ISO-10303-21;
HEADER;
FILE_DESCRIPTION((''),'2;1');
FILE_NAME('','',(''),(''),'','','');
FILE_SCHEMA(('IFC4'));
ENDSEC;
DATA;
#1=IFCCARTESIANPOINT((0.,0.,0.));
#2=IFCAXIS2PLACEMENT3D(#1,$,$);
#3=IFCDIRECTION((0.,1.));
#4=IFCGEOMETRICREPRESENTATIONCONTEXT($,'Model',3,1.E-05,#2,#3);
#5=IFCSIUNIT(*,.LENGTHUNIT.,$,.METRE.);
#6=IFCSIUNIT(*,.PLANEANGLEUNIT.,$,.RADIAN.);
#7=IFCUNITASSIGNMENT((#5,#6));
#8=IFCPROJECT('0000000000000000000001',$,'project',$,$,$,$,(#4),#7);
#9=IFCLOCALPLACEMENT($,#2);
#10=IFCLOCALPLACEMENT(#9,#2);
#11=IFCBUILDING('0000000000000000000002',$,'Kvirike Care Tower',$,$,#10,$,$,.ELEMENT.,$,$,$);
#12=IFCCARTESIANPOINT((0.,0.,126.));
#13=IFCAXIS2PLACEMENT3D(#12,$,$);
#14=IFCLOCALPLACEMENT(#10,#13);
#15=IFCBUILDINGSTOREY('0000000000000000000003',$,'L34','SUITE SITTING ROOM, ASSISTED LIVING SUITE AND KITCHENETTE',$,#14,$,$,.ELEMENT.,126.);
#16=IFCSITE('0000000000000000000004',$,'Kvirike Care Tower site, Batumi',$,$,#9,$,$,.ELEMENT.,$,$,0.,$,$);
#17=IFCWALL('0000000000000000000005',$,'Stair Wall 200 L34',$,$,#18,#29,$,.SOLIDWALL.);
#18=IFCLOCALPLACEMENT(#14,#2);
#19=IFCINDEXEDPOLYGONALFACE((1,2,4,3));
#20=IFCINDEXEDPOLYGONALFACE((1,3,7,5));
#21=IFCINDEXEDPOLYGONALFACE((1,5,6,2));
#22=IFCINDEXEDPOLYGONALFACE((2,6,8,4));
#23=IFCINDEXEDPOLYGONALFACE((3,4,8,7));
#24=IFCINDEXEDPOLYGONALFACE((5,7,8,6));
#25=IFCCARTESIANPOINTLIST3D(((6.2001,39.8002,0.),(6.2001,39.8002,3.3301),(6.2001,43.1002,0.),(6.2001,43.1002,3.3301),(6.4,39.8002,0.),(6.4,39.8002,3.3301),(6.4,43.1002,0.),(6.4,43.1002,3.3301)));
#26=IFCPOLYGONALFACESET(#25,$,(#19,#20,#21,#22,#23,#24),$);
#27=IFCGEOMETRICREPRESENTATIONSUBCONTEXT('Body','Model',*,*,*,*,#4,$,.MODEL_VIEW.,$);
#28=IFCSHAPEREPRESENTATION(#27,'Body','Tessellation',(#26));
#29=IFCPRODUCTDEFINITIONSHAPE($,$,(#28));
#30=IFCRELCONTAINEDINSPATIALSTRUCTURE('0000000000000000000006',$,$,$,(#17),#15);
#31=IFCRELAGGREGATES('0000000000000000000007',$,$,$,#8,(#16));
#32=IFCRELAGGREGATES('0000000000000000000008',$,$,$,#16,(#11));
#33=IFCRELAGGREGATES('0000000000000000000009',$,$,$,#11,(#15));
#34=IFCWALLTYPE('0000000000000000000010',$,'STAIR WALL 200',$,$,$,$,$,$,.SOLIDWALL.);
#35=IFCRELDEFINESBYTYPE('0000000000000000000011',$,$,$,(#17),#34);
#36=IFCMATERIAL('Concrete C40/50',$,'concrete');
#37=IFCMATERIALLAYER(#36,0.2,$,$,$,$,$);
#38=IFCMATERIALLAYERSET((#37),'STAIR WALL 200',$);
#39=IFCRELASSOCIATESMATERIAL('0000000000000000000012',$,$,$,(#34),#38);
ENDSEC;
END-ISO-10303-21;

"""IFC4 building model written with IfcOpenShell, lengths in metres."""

from ifc_helpers import new_model, si_unit, direction, frame, frame_2d, origin, place, context, subcontext, project, spatial, rectangle, extrude, material, layer, layer_set, type_object, element, save


model = new_model("IFC4")

# Units and contexts
model_context = context("Model", 3, precision=1e-05, world=origin(), true_north=direction((0.0, 1.0)))
body_context = subcontext(model_context, "Body", "Model", "MODEL_VIEW")
ifc_project = project(units=[si_unit("LENGTHUNIT", "METRE"), si_unit("PLANEANGLEUNIT", "RADIAN")], contexts=[model_context])

# Site, building, storey
site_placement = place(None, origin())
site = spatial("IfcSite", under=ifc_project, at=site_placement, Name="Kvirike Care Tower site, Batumi", CompositionType="ELEMENT", RefElevation=0.0)
building_placement = place(site_placement, origin())
building = spatial("IfcBuilding", under=site, at=building_placement, Name="Kvirike Care Tower", CompositionType="ELEMENT")
storey_placement = place(building_placement, frame((0.0, 0.0, 126.0)))
storey = spatial("IfcBuildingStorey", under=building, at=storey_placement, Name="L34", Description="SUITE SITTING ROOM, ASSISTED LIVING SUITE AND KITCHENETTE", CompositionType="ELEMENT", Elevation=126.0)

# Wall
ifc_material_1 = material(Name="Concrete C40/50", Category="concrete")
ifc_layer_1 = layer(ifc_material_1, 0.2)
ifc_layer_set_1 = layer_set([ifc_layer_1], Name="STAIR WALL 200")
wall_type_1 = type_object("IfcWallType", Name="STAIR WALL 200", PredefinedType="SOLIDWALL", material=ifc_layer_set_1)
wall_1_placement = place(storey_placement, frame((6.3, 43.1001, 0.0), z_axis=(0.0, 0.0, 1.0), x_axis=(0.0, -1.0, 0.0)))
element("IfcWall", 1, at=wall_1_placement, inside=storey, type_object=wall_type_1, Name="Stair Wall 200 L34", PredefinedType="SOLIDWALL", context=body_context, shape_type="SweptSolid", body=[
    extrude(rectangle(XDim=3.3, YDim=0.2, at=frame_2d((1.6499, 0.0))), origin(), (0.0, 0.0, 1.0), 3.3301),
])

save(model, "model.ifc")
